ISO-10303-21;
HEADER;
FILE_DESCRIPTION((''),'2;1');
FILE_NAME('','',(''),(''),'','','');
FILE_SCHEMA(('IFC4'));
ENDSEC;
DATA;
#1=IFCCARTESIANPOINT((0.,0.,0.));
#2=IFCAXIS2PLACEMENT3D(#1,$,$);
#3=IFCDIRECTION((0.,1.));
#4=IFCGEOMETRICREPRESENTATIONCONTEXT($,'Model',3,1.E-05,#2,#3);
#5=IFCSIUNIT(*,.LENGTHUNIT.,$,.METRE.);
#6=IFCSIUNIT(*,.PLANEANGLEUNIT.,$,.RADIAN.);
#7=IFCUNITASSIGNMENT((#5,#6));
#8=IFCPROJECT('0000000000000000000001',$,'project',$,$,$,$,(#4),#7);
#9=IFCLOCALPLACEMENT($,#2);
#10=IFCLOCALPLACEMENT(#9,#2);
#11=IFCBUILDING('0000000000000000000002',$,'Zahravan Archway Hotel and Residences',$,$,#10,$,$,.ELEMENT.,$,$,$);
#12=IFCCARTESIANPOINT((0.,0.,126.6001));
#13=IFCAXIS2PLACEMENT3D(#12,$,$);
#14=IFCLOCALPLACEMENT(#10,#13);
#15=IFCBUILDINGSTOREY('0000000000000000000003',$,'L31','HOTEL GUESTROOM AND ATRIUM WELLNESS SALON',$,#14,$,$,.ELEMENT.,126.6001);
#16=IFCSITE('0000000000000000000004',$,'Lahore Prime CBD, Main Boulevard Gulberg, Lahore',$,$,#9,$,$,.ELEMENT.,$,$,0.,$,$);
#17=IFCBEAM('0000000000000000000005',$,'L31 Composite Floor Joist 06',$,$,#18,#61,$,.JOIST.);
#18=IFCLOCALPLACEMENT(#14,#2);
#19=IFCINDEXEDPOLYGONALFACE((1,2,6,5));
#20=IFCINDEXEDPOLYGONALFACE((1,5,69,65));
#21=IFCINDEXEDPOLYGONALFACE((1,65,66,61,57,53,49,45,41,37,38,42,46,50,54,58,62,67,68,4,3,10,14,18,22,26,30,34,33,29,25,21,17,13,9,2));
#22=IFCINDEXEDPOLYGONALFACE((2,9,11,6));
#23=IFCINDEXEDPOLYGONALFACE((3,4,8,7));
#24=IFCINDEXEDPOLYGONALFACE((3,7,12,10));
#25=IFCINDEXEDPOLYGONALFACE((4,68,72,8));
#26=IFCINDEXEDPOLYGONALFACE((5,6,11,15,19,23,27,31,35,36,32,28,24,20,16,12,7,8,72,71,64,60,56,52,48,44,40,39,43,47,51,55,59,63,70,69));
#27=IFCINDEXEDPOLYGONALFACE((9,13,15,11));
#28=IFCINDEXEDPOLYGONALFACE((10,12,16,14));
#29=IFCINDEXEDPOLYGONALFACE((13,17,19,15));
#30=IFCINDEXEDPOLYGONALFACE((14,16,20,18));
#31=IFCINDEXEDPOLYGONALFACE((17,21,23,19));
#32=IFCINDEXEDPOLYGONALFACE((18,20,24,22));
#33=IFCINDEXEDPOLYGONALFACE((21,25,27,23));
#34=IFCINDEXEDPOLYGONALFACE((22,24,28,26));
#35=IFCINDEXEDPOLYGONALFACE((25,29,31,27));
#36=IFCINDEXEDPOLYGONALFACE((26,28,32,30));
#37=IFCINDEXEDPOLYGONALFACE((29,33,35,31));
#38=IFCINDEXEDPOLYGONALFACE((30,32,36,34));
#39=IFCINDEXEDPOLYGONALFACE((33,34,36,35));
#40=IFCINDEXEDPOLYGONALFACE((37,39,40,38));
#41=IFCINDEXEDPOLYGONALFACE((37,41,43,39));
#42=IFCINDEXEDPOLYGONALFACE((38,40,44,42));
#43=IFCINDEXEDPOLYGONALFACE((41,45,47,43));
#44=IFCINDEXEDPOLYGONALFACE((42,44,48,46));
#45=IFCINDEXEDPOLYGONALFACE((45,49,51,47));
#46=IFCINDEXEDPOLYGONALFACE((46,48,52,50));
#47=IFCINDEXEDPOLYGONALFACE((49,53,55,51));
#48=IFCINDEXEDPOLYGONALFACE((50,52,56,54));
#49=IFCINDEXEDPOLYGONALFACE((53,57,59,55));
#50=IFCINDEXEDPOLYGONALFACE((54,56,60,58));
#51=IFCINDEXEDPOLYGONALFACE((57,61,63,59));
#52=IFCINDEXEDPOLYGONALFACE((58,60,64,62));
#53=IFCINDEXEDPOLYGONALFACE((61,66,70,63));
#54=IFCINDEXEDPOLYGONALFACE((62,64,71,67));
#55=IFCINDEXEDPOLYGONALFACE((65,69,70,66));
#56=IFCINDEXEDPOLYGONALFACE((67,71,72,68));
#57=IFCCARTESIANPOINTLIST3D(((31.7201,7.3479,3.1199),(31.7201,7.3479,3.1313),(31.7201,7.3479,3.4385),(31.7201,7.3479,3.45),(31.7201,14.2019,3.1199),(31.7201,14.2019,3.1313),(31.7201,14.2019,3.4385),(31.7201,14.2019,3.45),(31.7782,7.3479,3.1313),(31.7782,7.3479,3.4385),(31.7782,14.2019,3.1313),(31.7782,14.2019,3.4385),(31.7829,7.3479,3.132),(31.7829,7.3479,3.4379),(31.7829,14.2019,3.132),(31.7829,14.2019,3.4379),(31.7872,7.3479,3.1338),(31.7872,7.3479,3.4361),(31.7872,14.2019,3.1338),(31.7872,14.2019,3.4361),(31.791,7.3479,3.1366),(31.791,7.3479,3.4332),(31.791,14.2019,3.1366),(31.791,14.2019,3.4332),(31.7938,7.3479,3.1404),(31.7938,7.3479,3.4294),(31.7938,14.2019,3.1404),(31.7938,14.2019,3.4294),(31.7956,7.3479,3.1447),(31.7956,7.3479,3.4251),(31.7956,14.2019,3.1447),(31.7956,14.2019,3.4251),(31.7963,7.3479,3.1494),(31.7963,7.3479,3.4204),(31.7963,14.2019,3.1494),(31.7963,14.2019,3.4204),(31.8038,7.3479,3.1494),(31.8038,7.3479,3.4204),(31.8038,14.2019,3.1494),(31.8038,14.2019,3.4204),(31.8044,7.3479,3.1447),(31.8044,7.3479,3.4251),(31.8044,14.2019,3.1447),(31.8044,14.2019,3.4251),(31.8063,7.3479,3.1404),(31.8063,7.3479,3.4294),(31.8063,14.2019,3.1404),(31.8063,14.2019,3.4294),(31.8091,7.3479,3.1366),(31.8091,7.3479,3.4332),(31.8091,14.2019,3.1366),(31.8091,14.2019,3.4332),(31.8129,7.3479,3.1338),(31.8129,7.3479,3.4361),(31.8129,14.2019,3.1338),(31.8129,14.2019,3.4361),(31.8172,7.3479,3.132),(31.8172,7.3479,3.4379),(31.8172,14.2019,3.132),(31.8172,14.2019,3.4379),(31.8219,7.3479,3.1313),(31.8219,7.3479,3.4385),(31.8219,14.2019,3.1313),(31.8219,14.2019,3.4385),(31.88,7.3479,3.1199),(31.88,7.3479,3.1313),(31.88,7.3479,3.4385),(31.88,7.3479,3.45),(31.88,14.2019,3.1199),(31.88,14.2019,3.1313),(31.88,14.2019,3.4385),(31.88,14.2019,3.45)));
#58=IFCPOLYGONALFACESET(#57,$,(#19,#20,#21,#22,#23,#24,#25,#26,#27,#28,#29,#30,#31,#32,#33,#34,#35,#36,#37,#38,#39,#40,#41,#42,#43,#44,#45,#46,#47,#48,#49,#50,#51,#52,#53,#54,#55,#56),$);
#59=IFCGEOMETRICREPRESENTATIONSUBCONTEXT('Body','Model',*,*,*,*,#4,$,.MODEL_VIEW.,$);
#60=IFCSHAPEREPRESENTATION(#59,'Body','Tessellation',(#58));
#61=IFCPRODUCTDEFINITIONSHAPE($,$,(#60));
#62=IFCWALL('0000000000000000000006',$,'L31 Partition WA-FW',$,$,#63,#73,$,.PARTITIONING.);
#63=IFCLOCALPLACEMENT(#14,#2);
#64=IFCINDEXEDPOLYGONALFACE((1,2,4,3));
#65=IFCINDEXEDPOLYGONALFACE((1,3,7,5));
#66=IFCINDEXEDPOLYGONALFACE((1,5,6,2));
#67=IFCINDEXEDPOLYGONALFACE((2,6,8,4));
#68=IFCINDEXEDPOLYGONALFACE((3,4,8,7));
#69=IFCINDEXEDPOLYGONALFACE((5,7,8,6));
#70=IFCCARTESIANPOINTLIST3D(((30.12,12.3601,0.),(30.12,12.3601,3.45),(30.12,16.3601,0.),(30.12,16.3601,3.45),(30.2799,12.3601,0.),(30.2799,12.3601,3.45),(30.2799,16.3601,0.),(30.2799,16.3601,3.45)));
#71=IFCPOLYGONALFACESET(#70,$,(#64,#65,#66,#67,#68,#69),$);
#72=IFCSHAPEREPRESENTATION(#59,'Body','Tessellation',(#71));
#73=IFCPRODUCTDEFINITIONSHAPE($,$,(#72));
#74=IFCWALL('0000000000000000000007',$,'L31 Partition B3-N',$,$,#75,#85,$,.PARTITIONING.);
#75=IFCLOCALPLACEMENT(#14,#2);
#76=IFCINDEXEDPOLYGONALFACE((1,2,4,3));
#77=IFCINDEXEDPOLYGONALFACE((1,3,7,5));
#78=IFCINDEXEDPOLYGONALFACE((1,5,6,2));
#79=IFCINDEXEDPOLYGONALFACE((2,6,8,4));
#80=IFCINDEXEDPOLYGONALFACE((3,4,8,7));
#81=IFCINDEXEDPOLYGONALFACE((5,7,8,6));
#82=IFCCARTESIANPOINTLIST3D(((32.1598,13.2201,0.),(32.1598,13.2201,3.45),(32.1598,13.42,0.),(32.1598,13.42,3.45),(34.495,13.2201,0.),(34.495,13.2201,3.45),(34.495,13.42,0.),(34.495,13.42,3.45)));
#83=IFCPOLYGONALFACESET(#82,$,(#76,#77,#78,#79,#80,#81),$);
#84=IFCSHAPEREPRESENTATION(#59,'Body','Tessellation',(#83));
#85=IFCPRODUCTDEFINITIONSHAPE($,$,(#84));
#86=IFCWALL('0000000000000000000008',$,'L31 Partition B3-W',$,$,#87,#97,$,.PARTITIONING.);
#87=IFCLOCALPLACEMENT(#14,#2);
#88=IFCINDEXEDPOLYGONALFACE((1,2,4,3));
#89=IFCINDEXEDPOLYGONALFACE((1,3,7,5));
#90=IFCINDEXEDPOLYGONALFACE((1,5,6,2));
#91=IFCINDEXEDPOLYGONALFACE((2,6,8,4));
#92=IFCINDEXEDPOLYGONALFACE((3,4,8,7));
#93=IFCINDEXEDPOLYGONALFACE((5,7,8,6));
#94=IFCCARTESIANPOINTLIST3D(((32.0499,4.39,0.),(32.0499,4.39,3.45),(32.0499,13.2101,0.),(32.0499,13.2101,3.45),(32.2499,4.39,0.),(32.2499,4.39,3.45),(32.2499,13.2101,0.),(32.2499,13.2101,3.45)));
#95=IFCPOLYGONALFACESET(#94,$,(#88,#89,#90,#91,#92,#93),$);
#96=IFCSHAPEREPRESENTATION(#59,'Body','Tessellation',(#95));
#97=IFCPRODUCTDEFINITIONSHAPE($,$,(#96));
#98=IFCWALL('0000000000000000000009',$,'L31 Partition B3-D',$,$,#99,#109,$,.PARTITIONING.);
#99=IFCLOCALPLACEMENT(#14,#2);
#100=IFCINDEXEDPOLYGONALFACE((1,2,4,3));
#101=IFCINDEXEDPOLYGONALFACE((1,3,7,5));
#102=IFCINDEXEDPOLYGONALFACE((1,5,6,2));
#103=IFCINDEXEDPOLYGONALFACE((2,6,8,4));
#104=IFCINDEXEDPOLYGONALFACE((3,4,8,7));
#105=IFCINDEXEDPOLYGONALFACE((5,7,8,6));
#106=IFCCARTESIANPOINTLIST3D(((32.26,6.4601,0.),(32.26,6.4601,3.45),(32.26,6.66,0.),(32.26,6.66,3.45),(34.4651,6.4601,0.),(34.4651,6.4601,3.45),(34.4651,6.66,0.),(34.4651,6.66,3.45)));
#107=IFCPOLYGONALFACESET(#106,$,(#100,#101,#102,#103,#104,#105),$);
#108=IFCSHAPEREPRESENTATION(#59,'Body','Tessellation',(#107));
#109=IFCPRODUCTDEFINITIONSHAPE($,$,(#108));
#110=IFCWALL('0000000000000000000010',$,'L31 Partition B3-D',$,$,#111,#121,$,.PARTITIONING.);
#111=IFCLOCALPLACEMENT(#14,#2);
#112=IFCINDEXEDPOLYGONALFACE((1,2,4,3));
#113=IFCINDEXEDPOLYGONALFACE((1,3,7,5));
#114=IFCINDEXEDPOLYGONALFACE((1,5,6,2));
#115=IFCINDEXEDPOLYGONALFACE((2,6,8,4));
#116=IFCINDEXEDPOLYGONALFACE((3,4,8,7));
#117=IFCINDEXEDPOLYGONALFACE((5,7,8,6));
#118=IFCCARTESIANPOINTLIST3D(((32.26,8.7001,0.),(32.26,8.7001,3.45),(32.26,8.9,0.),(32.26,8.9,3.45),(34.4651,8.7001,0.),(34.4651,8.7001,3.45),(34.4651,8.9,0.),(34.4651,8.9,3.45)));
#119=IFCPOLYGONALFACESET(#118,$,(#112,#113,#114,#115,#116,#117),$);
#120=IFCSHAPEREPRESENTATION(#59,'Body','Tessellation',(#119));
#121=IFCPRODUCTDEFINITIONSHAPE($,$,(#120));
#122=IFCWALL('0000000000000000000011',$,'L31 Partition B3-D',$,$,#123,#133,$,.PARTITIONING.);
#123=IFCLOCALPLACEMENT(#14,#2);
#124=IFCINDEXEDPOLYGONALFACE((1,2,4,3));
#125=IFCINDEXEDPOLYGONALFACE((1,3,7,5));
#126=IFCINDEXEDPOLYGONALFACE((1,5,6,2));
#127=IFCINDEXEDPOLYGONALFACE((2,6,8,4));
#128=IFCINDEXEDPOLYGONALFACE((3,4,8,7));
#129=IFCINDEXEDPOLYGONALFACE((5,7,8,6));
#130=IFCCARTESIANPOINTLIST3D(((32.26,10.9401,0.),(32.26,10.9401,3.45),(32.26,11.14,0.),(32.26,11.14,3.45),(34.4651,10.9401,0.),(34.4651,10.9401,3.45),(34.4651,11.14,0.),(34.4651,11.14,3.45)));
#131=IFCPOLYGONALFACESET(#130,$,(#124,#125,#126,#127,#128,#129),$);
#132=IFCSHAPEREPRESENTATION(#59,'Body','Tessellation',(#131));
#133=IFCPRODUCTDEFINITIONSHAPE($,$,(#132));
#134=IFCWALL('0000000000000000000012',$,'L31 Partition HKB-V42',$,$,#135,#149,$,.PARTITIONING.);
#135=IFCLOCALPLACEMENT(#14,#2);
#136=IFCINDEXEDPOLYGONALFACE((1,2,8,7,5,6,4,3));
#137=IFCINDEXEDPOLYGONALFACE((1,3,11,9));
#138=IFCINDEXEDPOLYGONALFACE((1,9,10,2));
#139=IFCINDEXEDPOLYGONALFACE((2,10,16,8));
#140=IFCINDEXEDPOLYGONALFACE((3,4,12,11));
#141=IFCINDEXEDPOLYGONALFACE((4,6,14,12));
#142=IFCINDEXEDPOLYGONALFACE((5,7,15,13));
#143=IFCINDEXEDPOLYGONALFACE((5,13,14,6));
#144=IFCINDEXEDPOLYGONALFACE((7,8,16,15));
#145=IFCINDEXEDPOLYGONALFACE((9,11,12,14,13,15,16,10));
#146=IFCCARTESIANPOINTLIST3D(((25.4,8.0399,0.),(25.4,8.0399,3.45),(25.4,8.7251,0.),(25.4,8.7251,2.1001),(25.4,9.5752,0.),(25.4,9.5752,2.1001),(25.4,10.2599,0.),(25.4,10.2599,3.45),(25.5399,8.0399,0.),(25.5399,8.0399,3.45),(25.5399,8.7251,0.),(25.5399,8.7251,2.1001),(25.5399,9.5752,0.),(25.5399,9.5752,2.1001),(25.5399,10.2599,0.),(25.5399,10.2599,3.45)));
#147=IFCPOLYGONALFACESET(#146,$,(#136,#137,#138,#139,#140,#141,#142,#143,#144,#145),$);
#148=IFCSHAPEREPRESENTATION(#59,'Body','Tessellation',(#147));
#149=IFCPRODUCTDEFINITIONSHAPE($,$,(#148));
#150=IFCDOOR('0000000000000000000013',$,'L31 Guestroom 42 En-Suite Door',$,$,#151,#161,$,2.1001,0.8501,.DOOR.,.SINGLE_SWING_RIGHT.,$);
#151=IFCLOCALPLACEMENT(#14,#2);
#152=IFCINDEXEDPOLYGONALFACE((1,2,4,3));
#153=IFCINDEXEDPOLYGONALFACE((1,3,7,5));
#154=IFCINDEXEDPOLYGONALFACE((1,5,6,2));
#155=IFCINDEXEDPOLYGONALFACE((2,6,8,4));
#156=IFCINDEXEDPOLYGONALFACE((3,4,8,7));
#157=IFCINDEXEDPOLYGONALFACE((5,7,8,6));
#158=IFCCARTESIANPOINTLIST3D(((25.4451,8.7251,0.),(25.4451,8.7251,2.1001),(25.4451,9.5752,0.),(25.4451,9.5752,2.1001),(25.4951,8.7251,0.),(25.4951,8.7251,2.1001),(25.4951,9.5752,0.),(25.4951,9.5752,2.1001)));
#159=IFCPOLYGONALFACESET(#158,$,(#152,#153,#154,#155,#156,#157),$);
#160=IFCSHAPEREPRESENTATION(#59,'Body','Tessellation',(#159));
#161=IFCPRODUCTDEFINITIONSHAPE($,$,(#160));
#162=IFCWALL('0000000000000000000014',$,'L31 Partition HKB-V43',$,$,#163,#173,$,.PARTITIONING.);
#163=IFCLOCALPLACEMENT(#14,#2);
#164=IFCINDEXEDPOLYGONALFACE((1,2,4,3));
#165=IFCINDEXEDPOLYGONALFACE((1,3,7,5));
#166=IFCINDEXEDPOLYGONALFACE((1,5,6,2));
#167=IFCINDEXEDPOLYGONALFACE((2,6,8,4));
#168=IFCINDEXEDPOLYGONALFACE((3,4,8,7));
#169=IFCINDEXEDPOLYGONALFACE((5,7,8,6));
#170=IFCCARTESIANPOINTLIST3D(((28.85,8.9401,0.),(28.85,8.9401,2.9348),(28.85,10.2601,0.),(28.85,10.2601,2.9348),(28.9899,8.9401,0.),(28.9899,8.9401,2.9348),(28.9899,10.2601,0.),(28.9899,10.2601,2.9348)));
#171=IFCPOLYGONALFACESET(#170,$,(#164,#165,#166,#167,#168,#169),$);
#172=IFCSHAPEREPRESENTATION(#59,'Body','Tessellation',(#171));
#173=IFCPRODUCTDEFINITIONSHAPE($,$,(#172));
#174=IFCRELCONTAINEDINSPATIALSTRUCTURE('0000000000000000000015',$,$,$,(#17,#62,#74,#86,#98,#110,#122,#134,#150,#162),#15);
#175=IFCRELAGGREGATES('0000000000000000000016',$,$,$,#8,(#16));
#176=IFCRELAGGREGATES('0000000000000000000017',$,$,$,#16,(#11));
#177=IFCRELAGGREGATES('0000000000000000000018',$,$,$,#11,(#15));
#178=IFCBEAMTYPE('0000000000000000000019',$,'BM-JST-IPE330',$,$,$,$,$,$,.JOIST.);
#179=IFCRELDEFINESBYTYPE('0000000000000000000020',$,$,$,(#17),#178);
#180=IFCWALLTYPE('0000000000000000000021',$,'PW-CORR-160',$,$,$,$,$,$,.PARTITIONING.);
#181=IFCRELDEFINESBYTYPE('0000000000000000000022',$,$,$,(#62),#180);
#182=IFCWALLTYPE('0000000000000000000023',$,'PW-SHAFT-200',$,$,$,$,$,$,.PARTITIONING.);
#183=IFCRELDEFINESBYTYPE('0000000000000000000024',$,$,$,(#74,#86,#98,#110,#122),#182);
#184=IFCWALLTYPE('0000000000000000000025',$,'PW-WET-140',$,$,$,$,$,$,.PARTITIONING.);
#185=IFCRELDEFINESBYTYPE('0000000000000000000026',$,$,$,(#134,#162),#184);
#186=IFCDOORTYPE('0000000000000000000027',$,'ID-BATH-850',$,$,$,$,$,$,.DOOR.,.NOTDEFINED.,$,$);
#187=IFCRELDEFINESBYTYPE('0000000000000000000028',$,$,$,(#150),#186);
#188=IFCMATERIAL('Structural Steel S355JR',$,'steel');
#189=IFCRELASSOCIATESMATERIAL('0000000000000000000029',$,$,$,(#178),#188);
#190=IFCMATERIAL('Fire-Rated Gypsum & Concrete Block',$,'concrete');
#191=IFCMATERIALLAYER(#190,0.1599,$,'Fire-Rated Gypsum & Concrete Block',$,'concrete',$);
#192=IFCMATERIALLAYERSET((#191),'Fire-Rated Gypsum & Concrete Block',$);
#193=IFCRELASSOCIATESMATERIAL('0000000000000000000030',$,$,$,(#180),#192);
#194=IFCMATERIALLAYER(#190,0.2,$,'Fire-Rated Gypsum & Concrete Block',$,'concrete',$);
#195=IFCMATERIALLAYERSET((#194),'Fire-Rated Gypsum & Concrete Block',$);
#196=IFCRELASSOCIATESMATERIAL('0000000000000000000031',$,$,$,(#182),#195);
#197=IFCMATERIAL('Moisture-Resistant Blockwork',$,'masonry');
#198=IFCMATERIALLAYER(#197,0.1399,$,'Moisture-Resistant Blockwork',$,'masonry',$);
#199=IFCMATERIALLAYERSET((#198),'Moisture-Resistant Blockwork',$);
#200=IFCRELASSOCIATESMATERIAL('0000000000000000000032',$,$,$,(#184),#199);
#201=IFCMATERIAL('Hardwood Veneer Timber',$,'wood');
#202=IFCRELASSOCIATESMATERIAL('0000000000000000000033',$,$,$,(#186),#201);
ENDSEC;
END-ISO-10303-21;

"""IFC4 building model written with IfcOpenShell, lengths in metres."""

from ifc_helpers import new_model, si_unit, direction, frame, frame_2d, origin, origin_2d, place, context, subcontext, project, spatial, rectangle, i_section, extrude, source, transform, mapped, material, layer, layer_set, material_profile, profile_set, type_object, type_shapes, element, fill, save


model = new_model("IFC4")

# Units and contexts
model_context = context("Model", 3, precision=1e-05, world=origin(), true_north=direction((0.0, 1.0)))
body_context = subcontext(model_context, "Body", "Model", "MODEL_VIEW")
ifc_project = project(units=[si_unit("LENGTHUNIT", "METRE"), si_unit("PLANEANGLEUNIT", "RADIAN")], contexts=[model_context])

# Site, building, storey
site_placement = place(None, origin())
site = spatial("IfcSite", under=ifc_project, at=site_placement, Name="Lahore Prime CBD, Main Boulevard Gulberg, Lahore", CompositionType="ELEMENT", RefElevation=0.0)
building_placement = place(site_placement, origin())
building = spatial("IfcBuilding", under=site, at=building_placement, Name="Zahravan Archway Hotel and Residences", CompositionType="ELEMENT")
storey_placement = place(building_placement, frame((0.0, 0.0, 126.6001)))
storey = spatial("IfcBuildingStorey", under=building, at=storey_placement, Name="L31", Description="HOTEL GUESTROOM AND ATRIUM WELLNESS SALON", CompositionType="ELEMENT", Elevation=126.6001)

# Beam
ifc_material_1 = material(Name="Structural Steel S355JR", Category="steel")
ifc_material_profile_1 = material_profile(ifc_material_1, i_section(OverallWidth=0.1599, OverallDepth=0.3301, WebThickness=0.0076, FlangeThickness=0.0115, FilletRadius=0.0181, at=origin_2d()), Name="IPE 330", Category="steel")
ifc_profile_set_1 = profile_set([ifc_material_profile_1], Name="Structural Steel S355JR")
beam_type_1 = type_object("IfcBeamType", Name="BM-JST-IPE330", PredefinedType="JOIST", material=ifc_profile_set_1)
shared_shape_1 = source(origin(), body_context, "Body", "SweptSolid", [
    extrude(i_section(OverallWidth=0.1599, OverallDepth=0.3301, WebThickness=0.0076, FlangeThickness=0.0115, FilletRadius=0.0181, at=origin_2d()), origin(), (0.0, 0.0, 1.0), 6.854),
])
beam_1_placement = place(storey_placement, frame((31.8, 7.3479, 3.2849), z_axis=(0.0, 1.0, 0.0), x_axis=(-1.0, 0.0, 0.0)))
element("IfcBeam", 1, at=beam_1_placement, inside=storey, type_object=beam_type_1, Name="L31 Composite Floor Joist 06", PredefinedType="JOIST", context=body_context, shape_type="MappedRepresentation", body=[
    mapped(shared_shape_1, transform((0.0, 0.0, 0.0), scale=1.0)),
])

# Walls
ifc_material_2 = material(Name="Fire-Rated Gypsum & Concrete Block", Category="concrete")
ifc_layer_1 = layer(ifc_material_2, 0.1599, Name="Fire-Rated Gypsum & Concrete Block", Category="concrete")
ifc_layer_set_1 = layer_set([ifc_layer_1], Name="Fire-Rated Gypsum & Concrete Block")
wall_type_1 = type_object("IfcWallType", Name="PW-CORR-160", PredefinedType="PARTITIONING", material=ifc_layer_set_1)
wall_1_placement = place(storey_placement, frame((30.2, 12.3601, 0.0), z_axis=(0.0, 0.0, 1.0), x_axis=(0.0, 1.0, 0.0)))
element("IfcWall", 2, at=wall_1_placement, inside=storey, type_object=wall_type_1, Name="L31 Partition WA-FW", PredefinedType="PARTITIONING", context=body_context, shape_type="SweptSolid", body=[
    extrude(rectangle(XDim=4.0, YDim=0.1599, at=frame_2d((2.0, 0.0))), origin(), (0.0, 0.0, 1.0), 3.45),
])
ifc_layer_2 = layer(ifc_material_2, 0.2, Name="Fire-Rated Gypsum & Concrete Block", Category="concrete")
ifc_layer_set_2 = layer_set([ifc_layer_2], Name="Fire-Rated Gypsum & Concrete Block")
wall_type_2 = type_object("IfcWallType", Name="PW-SHAFT-200", PredefinedType="PARTITIONING", material=ifc_layer_set_2)
wall_2_placement = place(storey_placement, frame((32.1599, 13.3201, 0.0), z_axis=(0.0, 0.0, 1.0), x_axis=(1.0, 0.0, 0.0)))
element("IfcWall", 3, at=wall_2_placement, inside=storey, type_object=wall_type_2, Name="L31 Partition B3-N", PredefinedType="PARTITIONING", context=body_context, shape_type="SweptSolid", body=[
    extrude(rectangle(XDim=2.3352, YDim=0.2, at=frame_2d((1.1675, 0.0))), origin(), (0.0, 0.0, 1.0), 3.45),
])
wall_3_placement = place(storey_placement, frame((32.1499, 4.3899, 0.0), z_axis=(0.0, 0.0, 1.0), x_axis=(0.0, 1.0, 0.0)))
element("IfcWall", 4, at=wall_3_placement, inside=storey, type_object=wall_type_2, Name="L31 Partition B3-W", PredefinedType="PARTITIONING", context=body_context, shape_type="SweptSolid", body=[
    extrude(rectangle(XDim=8.8201, YDim=0.2, at=frame_2d((4.4102, 0.0))), origin(), (0.0, 0.0, 1.0), 3.45),
])
for number, where, z_axis, x_axis, name in (
    (5, (32.26, 6.5601, 0.0), (0.0, 0.0, 1.0), (1.0, 0.0, 0.0), "L31 Partition B3-D"),
    (6, (32.26, 8.8, 0.0), (0.0, 0.0, 1.0), (1.0, 0.0, 0.0), "L31 Partition B3-D"),
    (7, (32.26, 11.04, 0.0), (0.0, 0.0, 1.0), (1.0, 0.0, 0.0), "L31 Partition B3-D"),
):
    element("IfcWall", number, at=place(storey_placement, frame(where, z_axis=z_axis, x_axis=x_axis)), inside=storey, type_object=wall_type_2, Name=name, PredefinedType="PARTITIONING", context=body_context, shape_type="SweptSolid", body=[
        extrude(rectangle(XDim=2.2051, YDim=0.2, at=frame_2d((1.1025, 0.0))), origin(), (0.0, 0.0, 1.0), 3.45),
    ])

# Wall, opening, door
ifc_material_3 = material(Name="Moisture-Resistant Blockwork", Category="masonry")
ifc_layer_3 = layer(ifc_material_3, 0.1399, Name="Moisture-Resistant Blockwork", Category="masonry")
ifc_layer_set_3 = layer_set([ifc_layer_3], Name="Moisture-Resistant Blockwork")
wall_type_3 = type_object("IfcWallType", Name="PW-WET-140", PredefinedType="PARTITIONING", material=ifc_layer_set_3)
wall_4_placement = place(storey_placement, frame((25.47, 8.04, 0.0), z_axis=(0.0, 0.0, 1.0), x_axis=(0.0, 1.0, 0.0)))
wall_4 = element("IfcWall", 8, at=wall_4_placement, inside=storey, type_object=wall_type_3, Name="L31 Partition HKB-V42", PredefinedType="PARTITIONING", context=body_context, shape_type="SweptSolid", body=[
    extrude(rectangle(XDim=2.22, YDim=0.1399, at=frame_2d((1.1099, 0.0))), origin(), (0.0, 0.0, 1.0), 3.45),
])
opening_1_placement = place(wall_4_placement, frame((0.6851, 0.0, 0.0)))
opening_1 = element("IfcOpeningElement", 9, at=opening_1_placement, cuts=wall_4, PredefinedType="OPENING", context=body_context, shape_type="SweptSolid", body=[
    extrude(rectangle(XDim=0.8501, YDim=2.1001, at=frame_2d((0.425, 1.05))), frame((0.0, 0.0801, 0.0), z_axis=(0.0, -1.0, 0.0), x_axis=(1.0, 0.0, 0.0)), (0.0, 0.0, 1.0), 0.1599),
])
ifc_material_4 = material(Name="Hardwood Veneer Timber", Category="wood")
door_type_1 = type_object("IfcDoorType", Name="ID-BATH-850", OperationType="NOTDEFINED", PredefinedType="DOOR", material=ifc_material_4)
shared_shape_2 = source(origin(), body_context, "Body", "SweptSolid", [
    extrude(rectangle(XDim=0.8501, YDim=2.1001, at=frame_2d((0.425, 1.05))), frame((0.0, 0.0249, 0.0), z_axis=(0.0, -1.0, 0.0), x_axis=(1.0, 0.0, 0.0)), (0.0, 0.0, 1.0), 0.05),
])
type_shapes(door_type_1, [shared_shape_2])
door_1_placement = place(opening_1_placement, origin())
door_1 = element("IfcDoor", 10, at=door_1_placement, inside=storey, type_object=door_type_1, Name="L31 Guestroom 42 En-Suite Door", OperationType="SINGLE_SWING_RIGHT", OverallHeight=2.1001, OverallWidth=0.8501, PredefinedType="DOOR", context=body_context, shape_type="MappedRepresentation", body=[
    mapped(shared_shape_2, transform((0.0, 0.0, 0.0), scale=1.0)),
])
fill(opening_1, door_1)

# Wall
wall_5_placement = place(storey_placement, frame((28.9199, 8.9399, 0.0), z_axis=(0.0, 0.0, 1.0), x_axis=(0.0, 1.0, 0.0)))
element("IfcWall", 11, at=wall_5_placement, inside=storey, type_object=wall_type_3, Name="L31 Partition HKB-V43", PredefinedType="PARTITIONING", context=body_context, shape_type="SweptSolid", body=[
    extrude(rectangle(XDim=1.3201, YDim=0.1399, at=frame_2d((0.6602, 0.0))), origin(), (0.0, 0.0, 1.0), 2.9348),
])

save(model, "model.ifc")
